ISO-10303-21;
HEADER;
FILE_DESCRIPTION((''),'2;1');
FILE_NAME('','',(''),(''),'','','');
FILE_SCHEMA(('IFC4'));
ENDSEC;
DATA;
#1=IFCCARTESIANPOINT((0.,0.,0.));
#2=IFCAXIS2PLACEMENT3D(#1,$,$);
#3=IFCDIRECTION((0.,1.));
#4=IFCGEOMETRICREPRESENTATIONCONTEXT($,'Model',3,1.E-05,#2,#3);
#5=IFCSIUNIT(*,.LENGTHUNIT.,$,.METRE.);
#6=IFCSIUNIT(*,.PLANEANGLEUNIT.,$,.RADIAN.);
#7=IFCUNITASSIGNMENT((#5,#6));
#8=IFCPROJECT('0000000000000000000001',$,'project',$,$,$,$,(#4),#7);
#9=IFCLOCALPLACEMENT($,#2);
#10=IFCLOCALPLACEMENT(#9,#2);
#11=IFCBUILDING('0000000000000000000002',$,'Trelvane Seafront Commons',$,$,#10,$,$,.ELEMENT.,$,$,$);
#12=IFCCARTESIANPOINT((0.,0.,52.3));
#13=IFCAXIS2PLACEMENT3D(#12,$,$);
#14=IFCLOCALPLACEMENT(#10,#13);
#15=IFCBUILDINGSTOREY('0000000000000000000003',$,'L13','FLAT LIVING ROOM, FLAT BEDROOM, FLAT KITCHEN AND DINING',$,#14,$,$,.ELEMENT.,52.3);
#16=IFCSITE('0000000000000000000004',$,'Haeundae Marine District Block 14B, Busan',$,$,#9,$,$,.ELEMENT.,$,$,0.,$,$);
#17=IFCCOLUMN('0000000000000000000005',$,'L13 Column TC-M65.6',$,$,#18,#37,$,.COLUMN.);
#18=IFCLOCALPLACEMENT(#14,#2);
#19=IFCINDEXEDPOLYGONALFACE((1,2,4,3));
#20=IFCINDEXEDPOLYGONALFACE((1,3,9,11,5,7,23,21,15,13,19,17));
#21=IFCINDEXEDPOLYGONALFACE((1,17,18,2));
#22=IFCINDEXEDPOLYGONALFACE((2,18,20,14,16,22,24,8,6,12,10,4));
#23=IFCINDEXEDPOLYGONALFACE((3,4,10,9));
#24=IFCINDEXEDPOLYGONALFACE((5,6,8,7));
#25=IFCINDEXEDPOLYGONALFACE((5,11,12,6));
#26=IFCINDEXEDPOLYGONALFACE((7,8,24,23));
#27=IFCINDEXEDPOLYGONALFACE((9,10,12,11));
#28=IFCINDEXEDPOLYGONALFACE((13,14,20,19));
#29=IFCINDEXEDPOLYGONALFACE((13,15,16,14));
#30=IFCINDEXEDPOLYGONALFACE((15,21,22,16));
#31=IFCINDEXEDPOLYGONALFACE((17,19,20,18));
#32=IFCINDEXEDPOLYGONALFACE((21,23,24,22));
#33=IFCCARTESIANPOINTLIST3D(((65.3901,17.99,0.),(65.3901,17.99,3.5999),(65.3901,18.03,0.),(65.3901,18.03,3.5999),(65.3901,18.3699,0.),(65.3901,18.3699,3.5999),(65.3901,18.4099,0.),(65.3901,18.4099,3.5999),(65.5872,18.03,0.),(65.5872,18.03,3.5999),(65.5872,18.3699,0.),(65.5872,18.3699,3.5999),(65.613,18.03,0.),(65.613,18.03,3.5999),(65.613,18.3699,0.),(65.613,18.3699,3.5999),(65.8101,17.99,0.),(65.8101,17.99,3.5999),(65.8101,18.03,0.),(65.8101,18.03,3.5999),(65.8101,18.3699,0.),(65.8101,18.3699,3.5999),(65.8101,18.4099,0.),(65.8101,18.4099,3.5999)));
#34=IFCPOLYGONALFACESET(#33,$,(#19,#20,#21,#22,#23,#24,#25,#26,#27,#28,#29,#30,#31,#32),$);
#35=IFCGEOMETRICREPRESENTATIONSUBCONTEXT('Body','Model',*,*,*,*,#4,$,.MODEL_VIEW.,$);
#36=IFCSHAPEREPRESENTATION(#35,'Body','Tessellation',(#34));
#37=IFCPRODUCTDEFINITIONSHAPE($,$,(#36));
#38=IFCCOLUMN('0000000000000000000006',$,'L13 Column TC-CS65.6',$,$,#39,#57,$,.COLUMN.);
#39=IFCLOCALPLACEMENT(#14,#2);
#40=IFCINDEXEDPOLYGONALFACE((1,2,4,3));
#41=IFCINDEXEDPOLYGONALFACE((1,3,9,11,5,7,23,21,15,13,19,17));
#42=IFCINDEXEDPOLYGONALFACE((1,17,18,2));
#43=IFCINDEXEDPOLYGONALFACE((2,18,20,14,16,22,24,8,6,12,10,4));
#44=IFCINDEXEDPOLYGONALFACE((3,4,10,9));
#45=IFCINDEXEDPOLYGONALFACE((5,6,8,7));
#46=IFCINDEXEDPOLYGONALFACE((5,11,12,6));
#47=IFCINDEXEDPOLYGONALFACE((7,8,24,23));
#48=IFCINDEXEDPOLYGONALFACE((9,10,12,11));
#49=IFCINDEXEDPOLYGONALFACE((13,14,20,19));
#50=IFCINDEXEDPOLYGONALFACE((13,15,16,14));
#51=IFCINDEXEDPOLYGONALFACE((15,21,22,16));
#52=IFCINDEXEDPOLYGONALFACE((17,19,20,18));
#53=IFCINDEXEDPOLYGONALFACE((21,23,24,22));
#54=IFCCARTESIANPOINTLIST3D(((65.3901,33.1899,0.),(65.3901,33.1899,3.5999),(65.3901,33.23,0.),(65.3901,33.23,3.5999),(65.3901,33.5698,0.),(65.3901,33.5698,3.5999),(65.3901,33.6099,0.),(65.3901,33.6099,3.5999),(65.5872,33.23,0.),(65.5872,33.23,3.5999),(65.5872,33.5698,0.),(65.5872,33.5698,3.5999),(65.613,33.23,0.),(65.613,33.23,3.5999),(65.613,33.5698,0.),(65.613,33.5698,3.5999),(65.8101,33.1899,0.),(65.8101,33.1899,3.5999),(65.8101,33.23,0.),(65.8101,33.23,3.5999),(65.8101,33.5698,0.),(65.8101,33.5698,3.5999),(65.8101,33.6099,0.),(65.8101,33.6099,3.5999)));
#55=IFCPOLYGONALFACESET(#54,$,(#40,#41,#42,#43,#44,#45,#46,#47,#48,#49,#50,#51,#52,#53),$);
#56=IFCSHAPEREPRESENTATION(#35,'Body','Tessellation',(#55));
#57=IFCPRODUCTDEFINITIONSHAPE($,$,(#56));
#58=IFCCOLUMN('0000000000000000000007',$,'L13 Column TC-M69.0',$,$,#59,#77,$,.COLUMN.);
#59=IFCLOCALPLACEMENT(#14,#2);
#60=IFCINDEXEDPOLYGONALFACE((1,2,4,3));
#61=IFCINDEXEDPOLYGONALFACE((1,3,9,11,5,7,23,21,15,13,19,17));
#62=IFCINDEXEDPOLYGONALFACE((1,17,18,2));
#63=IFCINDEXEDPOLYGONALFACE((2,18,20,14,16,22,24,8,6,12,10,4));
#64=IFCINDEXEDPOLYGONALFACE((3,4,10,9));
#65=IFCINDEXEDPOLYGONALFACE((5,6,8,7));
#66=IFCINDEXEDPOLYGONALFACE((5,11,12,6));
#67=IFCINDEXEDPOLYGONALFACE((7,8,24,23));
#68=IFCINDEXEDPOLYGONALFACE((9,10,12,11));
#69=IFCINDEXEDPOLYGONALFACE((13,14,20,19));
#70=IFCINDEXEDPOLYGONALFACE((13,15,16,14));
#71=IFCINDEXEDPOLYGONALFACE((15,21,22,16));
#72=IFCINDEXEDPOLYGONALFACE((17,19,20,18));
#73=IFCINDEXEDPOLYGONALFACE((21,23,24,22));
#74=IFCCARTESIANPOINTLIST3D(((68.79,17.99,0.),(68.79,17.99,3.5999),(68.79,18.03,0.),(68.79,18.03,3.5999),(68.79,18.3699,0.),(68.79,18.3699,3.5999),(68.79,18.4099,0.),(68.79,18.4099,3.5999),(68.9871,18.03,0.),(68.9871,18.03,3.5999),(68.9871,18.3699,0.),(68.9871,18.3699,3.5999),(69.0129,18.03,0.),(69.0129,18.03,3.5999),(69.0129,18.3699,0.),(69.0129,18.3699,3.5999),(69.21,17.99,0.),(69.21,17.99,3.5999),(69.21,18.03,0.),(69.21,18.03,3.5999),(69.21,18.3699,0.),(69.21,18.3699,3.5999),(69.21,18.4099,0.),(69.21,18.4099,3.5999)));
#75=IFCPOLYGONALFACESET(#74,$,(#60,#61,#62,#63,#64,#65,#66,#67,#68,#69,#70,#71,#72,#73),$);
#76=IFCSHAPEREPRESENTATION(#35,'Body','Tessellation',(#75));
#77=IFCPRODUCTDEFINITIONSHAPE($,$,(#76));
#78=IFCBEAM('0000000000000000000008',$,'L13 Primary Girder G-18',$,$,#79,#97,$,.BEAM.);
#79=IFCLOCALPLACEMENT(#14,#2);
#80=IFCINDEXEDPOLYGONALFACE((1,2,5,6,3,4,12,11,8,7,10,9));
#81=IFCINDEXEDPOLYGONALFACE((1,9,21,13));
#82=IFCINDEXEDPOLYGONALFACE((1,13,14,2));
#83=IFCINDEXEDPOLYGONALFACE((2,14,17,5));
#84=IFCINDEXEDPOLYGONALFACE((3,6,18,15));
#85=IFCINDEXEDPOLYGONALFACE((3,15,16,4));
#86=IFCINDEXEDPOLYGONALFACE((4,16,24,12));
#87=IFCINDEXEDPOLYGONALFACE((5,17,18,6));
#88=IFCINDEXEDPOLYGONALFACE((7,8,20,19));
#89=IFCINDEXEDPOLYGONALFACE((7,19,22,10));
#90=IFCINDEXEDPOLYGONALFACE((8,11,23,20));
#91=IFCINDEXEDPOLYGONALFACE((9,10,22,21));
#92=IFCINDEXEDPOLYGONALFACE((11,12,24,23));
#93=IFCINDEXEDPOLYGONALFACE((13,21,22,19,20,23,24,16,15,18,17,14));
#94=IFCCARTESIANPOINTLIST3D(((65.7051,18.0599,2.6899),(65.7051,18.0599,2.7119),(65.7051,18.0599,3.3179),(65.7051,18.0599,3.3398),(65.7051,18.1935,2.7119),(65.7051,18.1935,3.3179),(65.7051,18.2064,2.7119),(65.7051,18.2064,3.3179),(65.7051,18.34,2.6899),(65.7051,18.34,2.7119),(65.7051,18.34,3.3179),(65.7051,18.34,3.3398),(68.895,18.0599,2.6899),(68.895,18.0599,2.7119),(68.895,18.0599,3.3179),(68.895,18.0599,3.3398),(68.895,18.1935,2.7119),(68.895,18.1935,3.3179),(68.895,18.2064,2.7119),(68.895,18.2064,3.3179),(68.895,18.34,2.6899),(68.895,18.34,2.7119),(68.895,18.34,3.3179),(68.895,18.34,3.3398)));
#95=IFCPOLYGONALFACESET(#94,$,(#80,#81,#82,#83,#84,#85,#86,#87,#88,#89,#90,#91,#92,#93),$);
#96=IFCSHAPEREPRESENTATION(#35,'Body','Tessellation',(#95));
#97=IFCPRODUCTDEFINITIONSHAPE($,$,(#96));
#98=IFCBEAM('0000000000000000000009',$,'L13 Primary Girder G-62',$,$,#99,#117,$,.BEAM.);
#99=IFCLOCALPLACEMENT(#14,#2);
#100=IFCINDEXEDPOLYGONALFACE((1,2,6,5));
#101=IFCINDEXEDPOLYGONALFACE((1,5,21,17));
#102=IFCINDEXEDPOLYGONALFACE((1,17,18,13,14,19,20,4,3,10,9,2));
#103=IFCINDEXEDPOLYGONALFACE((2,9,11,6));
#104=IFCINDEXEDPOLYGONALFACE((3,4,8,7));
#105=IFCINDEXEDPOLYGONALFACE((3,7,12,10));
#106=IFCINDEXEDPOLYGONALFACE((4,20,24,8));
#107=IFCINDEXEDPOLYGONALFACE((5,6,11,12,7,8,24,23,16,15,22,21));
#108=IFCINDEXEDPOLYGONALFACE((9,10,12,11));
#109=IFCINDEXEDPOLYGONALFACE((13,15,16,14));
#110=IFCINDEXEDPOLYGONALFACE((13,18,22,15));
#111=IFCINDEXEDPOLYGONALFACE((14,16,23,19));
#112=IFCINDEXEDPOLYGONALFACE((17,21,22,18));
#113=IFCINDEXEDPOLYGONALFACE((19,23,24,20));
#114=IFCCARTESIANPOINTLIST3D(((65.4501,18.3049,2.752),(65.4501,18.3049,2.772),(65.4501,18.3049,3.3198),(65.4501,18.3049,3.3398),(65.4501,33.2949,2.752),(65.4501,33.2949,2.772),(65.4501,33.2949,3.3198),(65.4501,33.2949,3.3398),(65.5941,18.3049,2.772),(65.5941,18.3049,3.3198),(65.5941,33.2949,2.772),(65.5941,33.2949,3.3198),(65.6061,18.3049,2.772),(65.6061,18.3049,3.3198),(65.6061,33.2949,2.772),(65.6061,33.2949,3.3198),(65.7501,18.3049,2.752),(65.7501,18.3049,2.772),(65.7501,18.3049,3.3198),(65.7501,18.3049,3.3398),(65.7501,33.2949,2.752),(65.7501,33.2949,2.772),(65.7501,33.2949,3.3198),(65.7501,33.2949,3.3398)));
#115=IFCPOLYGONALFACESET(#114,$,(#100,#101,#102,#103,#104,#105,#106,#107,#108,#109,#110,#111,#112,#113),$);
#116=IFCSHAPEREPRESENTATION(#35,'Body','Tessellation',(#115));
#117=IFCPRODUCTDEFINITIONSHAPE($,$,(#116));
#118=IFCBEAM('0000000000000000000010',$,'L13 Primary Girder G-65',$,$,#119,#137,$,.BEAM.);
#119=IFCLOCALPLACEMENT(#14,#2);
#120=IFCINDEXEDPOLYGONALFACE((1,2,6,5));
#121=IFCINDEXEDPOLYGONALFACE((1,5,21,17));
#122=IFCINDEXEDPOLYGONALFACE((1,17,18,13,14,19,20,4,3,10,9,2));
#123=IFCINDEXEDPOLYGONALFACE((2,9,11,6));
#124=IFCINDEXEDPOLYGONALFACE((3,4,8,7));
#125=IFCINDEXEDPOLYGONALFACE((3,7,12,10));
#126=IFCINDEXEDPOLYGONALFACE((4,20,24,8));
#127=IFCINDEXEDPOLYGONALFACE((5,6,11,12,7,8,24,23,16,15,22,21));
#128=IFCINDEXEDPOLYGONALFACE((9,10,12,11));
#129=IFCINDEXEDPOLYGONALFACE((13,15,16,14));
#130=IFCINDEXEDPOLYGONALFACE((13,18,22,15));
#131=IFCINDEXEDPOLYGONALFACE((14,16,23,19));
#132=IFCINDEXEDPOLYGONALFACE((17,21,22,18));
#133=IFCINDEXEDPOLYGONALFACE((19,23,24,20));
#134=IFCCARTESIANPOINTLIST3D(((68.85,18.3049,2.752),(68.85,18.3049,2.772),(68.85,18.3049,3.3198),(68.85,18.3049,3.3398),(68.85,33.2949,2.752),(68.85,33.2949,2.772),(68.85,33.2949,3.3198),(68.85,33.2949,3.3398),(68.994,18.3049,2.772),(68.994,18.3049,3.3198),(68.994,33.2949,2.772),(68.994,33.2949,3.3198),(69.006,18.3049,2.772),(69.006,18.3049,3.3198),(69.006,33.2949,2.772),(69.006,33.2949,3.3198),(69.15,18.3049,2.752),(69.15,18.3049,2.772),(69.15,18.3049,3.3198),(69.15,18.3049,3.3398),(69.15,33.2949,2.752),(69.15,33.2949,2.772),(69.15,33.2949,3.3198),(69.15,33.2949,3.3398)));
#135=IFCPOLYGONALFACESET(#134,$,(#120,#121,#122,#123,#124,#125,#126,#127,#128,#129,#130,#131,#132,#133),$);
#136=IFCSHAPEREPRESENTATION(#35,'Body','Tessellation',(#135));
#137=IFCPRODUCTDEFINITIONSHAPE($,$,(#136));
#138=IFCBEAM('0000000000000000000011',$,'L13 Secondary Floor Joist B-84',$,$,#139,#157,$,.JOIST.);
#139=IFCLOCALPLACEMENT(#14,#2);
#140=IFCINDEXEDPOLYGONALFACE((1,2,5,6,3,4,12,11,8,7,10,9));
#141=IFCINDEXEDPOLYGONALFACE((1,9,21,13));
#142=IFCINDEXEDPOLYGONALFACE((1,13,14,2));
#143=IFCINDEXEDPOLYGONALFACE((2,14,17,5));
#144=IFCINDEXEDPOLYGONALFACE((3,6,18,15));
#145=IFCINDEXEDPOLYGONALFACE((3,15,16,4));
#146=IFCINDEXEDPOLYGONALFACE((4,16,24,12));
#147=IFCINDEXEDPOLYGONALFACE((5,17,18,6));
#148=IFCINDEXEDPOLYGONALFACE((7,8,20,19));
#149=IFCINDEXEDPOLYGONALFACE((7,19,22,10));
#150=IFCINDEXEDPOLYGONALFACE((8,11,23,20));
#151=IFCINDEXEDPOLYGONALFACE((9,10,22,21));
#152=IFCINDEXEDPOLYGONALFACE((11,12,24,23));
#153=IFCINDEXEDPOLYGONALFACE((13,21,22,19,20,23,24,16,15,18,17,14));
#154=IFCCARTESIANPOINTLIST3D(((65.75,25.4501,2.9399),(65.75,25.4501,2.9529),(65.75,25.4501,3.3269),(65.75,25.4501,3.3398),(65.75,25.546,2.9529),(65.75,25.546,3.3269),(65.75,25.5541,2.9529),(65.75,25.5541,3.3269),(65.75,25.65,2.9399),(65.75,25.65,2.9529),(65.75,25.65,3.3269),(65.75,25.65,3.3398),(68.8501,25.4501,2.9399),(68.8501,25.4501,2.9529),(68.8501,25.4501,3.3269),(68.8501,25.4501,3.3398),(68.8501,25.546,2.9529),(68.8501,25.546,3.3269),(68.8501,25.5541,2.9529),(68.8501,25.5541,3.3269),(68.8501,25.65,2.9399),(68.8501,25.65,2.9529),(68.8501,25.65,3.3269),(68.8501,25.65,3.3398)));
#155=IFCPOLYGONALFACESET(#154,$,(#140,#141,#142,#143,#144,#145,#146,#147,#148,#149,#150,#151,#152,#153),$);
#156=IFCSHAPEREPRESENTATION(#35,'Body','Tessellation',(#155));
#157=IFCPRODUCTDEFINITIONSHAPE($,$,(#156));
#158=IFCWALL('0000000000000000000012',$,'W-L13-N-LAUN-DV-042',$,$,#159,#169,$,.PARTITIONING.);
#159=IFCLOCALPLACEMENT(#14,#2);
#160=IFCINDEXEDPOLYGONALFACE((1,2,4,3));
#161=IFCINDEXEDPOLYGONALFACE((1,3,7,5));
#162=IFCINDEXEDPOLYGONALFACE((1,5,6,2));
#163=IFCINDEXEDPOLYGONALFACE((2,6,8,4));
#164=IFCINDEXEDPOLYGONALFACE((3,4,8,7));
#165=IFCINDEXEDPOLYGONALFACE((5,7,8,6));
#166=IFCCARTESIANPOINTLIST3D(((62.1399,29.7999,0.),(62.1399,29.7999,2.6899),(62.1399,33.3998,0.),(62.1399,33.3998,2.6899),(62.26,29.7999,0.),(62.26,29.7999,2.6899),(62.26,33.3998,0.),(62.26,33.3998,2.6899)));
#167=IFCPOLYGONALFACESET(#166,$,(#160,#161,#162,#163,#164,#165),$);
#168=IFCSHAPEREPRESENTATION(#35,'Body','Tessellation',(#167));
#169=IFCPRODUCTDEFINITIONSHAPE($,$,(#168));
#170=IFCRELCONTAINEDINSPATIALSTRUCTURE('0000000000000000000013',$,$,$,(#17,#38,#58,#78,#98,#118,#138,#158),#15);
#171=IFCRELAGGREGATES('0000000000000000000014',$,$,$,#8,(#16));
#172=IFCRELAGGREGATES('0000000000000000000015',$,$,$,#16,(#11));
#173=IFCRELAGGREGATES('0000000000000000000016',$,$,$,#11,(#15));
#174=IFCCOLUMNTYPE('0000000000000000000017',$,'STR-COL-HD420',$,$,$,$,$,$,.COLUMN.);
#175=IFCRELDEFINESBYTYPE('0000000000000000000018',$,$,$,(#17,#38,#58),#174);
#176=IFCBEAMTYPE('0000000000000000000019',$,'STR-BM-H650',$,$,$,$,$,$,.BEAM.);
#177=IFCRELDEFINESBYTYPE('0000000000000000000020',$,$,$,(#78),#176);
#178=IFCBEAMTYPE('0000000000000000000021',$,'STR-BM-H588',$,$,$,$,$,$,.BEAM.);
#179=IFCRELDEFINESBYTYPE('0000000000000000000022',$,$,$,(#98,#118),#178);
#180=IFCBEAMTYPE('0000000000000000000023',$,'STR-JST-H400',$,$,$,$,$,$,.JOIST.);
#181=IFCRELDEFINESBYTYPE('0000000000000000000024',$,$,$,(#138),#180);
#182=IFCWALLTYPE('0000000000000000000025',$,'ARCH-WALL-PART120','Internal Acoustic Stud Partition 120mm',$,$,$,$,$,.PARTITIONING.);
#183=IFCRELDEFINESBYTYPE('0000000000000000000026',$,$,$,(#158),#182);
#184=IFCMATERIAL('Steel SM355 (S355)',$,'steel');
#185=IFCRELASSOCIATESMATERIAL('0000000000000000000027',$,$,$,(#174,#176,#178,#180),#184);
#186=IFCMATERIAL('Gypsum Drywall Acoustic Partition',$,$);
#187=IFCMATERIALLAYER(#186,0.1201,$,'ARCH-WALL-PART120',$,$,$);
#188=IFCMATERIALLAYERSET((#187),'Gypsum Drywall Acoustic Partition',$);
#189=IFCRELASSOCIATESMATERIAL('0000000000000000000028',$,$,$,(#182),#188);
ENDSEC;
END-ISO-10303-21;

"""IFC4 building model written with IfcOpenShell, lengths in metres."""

from ifc_helpers import new_model, si_unit, direction, frame, frame_2d, origin, origin_2d, place, context, subcontext, project, spatial, rectangle, i_section, extrude, source, transform, mapped, material, layer, layer_set, material_profile, profile_set, type_object, element, save


model = new_model("IFC4")

# Units and contexts
model_context = context("Model", 3, precision=1e-05, world=origin(), true_north=direction((0.0, 1.0)))
body_context = subcontext(model_context, "Body", "Model", "MODEL_VIEW")
ifc_project = project(units=[si_unit("LENGTHUNIT", "METRE"), si_unit("PLANEANGLEUNIT", "RADIAN")], contexts=[model_context])

# Site, building, storey
site_placement = place(None, origin())
site = spatial("IfcSite", under=ifc_project, at=site_placement, Name="Haeundae Marine District Block 14B, Busan", CompositionType="ELEMENT", RefElevation=0.0)
building_placement = place(site_placement, origin())
building = spatial("IfcBuilding", under=site, at=building_placement, Name="Trelvane Seafront Commons", CompositionType="ELEMENT")
storey_placement = place(building_placement, frame((0.0, 0.0, 52.3)))
storey = spatial("IfcBuildingStorey", under=building, at=storey_placement, Name="L13", Description="FLAT LIVING ROOM, FLAT BEDROOM, FLAT KITCHEN AND DINING", CompositionType="ELEMENT", Elevation=52.3)

# Columns
ifc_material_1 = material(Name="Steel SM355 (S355)", Category="steel")
ifc_material_profile_1 = material_profile(ifc_material_1, i_section(OverallWidth=0.4199, OverallDepth=0.4199, WebThickness=0.0259, FlangeThickness=0.04, at=origin_2d()), Name="HD-420x420x26x40")
ifc_profile_set_1 = profile_set([ifc_material_profile_1], Name="Steel SM355 (S355)")
column_type = type_object("IfcColumnType", Name="STR-COL-HD420", PredefinedType="COLUMN", material=ifc_profile_set_1)
shared_shape_1 = source(origin(), body_context, "Body", "SweptSolid", [
    extrude(i_section(OverallWidth=0.4199, OverallDepth=0.4199, WebThickness=0.0259, FlangeThickness=0.04, at=origin_2d()), origin(), (0.0, 0.0, 1.0), 3.5999),
])
for number, where, z_axis, x_axis, name in (
    (1, (65.6001, 18.2, 0.0), (0.0, 0.0, 1.0), (1.0, 0.0, 0.0), "L13 Column TC-M65.6"),
    (2, (65.6001, 33.3999, 0.0), (0.0, 0.0, 1.0), (1.0, 0.0, 0.0), "L13 Column TC-CS65.6"),
    (3, (69.0, 18.2, 0.0), (0.0, 0.0, 1.0), (1.0, 0.0, 0.0), "L13 Column TC-M69.0"),
):
    element("IfcColumn", number, at=place(storey_placement, frame(where, z_axis=z_axis, x_axis=x_axis)), inside=storey, type_object=column_type, Name=name, PredefinedType="COLUMN", context=body_context, shape_type="MappedRepresentation", body=[
        mapped(shared_shape_1, transform((0.0, 0.0, 0.0), x_axis=(1.0, 0.0, 0.0), y_axis=(0.0, 1.0, 0.0), z_axis=(0.0, 0.0, 1.0), scale=1.0)),
    ])

# Beams
ifc_material_profile_2 = material_profile(ifc_material_1, i_section(OverallWidth=0.28, OverallDepth=0.6499, WebThickness=0.0129, FlangeThickness=0.022, at=origin_2d()), Name="H-650x280x13x22")
ifc_profile_set_2 = profile_set([ifc_material_profile_2], Name="Steel SM355 (S355)")
beam_type_1 = type_object("IfcBeamType", Name="STR-BM-H650", PredefinedType="BEAM", material=ifc_profile_set_2)
shared_shape_2 = source(origin(), body_context, "Body", "SweptSolid", [
    extrude(i_section(OverallWidth=0.28, OverallDepth=0.6499, WebThickness=0.0129, FlangeThickness=0.022, at=origin_2d()), origin(), (0.0, 0.0, 1.0), 3.1899),
])
beam_1_placement = place(storey_placement, frame((65.7051, 18.2, 3.0149), z_axis=(1.0, 0.0, 0.0), x_axis=(0.0, 1.0, 0.0)))
element("IfcBeam", 4, at=beam_1_placement, inside=storey, type_object=beam_type_1, Name="L13 Primary Girder G-18", PredefinedType="BEAM", context=body_context, shape_type="MappedRepresentation", body=[
    mapped(shared_shape_2, transform((0.0, 0.0, 0.0), x_axis=(1.0, 0.0, 0.0), y_axis=(0.0, 1.0, 0.0), z_axis=(0.0, 0.0, 1.0), scale=1.0)),
])
ifc_material_profile_3 = material_profile(ifc_material_1, i_section(OverallWidth=0.3, OverallDepth=0.5879, WebThickness=0.012, FlangeThickness=0.02, at=origin_2d()), Name="H-588x300x12x20")
ifc_profile_set_3 = profile_set([ifc_material_profile_3], Name="Steel SM355 (S355)")
beam_type_2 = type_object("IfcBeamType", Name="STR-BM-H588", PredefinedType="BEAM", material=ifc_profile_set_3)
shared_shape_3 = source(origin(), body_context, "Body", "SweptSolid", [
    extrude(i_section(OverallWidth=0.3, OverallDepth=0.5879, WebThickness=0.012, FlangeThickness=0.02, at=origin_2d()), origin(), (0.0, 0.0, 1.0), 14.99),
])
for number, where, z_axis, x_axis, name in (
    (5, (65.6001, 18.3049, 3.0459), (0.0, 1.0, 0.0), (-1.0, 0.0, 0.0), "L13 Primary Girder G-62"),
    (6, (69.0, 18.3049, 3.0459), (0.0, 1.0, 0.0), (-1.0, 0.0, 0.0), "L13 Primary Girder G-65"),
):
    element("IfcBeam", number, at=place(storey_placement, frame(where, z_axis=z_axis, x_axis=x_axis)), inside=storey, type_object=beam_type_2, Name=name, PredefinedType="BEAM", context=body_context, shape_type="MappedRepresentation", body=[
        mapped(shared_shape_3, transform((0.0, 0.0, 0.0), x_axis=(1.0, 0.0, 0.0), y_axis=(0.0, 1.0, 0.0), z_axis=(0.0, 0.0, 1.0), scale=1.0)),
    ])
ifc_material_profile_4 = material_profile(ifc_material_1, i_section(OverallWidth=0.2, OverallDepth=0.3999, WebThickness=0.0081, FlangeThickness=0.0129, at=origin_2d()), Name="H-400x200x8x13")
ifc_profile_set_4 = profile_set([ifc_material_profile_4], Name="Steel SM355 (S355)")
beam_type_3 = type_object("IfcBeamType", Name="STR-JST-H400", PredefinedType="JOIST", material=ifc_profile_set_4)
shared_shape_4 = source(origin(), body_context, "Body", "SweptSolid", [
    extrude(i_section(OverallWidth=0.2, OverallDepth=0.3999, WebThickness=0.0081, FlangeThickness=0.0129, at=origin_2d()), origin(), (0.0, 0.0, 1.0), 3.1001),
])
beam_2_placement = place(storey_placement, frame((65.75, 25.55, 3.1399), z_axis=(1.0, 0.0, 0.0), x_axis=(0.0, 1.0, 0.0)))
element("IfcBeam", 7, at=beam_2_placement, inside=storey, type_object=beam_type_3, Name="L13 Secondary Floor Joist B-84", PredefinedType="JOIST", context=body_context, shape_type="MappedRepresentation", body=[
    mapped(shared_shape_4, transform((0.0, 0.0, 0.0), x_axis=(1.0, 0.0, 0.0), y_axis=(0.0, 1.0, 0.0), z_axis=(0.0, 0.0, 1.0), scale=1.0)),
])

# Wall
ifc_material_2 = material(Name="Gypsum Drywall Acoustic Partition")
ifc_layer_1 = layer(ifc_material_2, 0.1201, Name="ARCH-WALL-PART120")
ifc_layer_set_1 = layer_set([ifc_layer_1], Name="Gypsum Drywall Acoustic Partition")
wall_type_1 = type_object("IfcWallType", Name="ARCH-WALL-PART120", Description="Internal Acoustic Stud Partition 120mm", PredefinedType="PARTITIONING", material=ifc_layer_set_1)
wall_1_placement = place(storey_placement, frame((62.2, 29.8, 0.0), z_axis=(0.0, 0.0, 1.0), x_axis=(0.0, 1.0, 0.0)))
element("IfcWall", 8, at=wall_1_placement, inside=storey, type_object=wall_type_1, Name="W-L13-N-LAUN-DV-042", PredefinedType="PARTITIONING", context=body_context, shape_type="SweptSolid", body=[
    extrude(rectangle(XDim=3.5999, YDim=0.1201, at=frame_2d((1.7998, 0.0))), origin(), (0.0, 0.0, 1.0), 2.6899),
])

save(model, "model.ifc")
